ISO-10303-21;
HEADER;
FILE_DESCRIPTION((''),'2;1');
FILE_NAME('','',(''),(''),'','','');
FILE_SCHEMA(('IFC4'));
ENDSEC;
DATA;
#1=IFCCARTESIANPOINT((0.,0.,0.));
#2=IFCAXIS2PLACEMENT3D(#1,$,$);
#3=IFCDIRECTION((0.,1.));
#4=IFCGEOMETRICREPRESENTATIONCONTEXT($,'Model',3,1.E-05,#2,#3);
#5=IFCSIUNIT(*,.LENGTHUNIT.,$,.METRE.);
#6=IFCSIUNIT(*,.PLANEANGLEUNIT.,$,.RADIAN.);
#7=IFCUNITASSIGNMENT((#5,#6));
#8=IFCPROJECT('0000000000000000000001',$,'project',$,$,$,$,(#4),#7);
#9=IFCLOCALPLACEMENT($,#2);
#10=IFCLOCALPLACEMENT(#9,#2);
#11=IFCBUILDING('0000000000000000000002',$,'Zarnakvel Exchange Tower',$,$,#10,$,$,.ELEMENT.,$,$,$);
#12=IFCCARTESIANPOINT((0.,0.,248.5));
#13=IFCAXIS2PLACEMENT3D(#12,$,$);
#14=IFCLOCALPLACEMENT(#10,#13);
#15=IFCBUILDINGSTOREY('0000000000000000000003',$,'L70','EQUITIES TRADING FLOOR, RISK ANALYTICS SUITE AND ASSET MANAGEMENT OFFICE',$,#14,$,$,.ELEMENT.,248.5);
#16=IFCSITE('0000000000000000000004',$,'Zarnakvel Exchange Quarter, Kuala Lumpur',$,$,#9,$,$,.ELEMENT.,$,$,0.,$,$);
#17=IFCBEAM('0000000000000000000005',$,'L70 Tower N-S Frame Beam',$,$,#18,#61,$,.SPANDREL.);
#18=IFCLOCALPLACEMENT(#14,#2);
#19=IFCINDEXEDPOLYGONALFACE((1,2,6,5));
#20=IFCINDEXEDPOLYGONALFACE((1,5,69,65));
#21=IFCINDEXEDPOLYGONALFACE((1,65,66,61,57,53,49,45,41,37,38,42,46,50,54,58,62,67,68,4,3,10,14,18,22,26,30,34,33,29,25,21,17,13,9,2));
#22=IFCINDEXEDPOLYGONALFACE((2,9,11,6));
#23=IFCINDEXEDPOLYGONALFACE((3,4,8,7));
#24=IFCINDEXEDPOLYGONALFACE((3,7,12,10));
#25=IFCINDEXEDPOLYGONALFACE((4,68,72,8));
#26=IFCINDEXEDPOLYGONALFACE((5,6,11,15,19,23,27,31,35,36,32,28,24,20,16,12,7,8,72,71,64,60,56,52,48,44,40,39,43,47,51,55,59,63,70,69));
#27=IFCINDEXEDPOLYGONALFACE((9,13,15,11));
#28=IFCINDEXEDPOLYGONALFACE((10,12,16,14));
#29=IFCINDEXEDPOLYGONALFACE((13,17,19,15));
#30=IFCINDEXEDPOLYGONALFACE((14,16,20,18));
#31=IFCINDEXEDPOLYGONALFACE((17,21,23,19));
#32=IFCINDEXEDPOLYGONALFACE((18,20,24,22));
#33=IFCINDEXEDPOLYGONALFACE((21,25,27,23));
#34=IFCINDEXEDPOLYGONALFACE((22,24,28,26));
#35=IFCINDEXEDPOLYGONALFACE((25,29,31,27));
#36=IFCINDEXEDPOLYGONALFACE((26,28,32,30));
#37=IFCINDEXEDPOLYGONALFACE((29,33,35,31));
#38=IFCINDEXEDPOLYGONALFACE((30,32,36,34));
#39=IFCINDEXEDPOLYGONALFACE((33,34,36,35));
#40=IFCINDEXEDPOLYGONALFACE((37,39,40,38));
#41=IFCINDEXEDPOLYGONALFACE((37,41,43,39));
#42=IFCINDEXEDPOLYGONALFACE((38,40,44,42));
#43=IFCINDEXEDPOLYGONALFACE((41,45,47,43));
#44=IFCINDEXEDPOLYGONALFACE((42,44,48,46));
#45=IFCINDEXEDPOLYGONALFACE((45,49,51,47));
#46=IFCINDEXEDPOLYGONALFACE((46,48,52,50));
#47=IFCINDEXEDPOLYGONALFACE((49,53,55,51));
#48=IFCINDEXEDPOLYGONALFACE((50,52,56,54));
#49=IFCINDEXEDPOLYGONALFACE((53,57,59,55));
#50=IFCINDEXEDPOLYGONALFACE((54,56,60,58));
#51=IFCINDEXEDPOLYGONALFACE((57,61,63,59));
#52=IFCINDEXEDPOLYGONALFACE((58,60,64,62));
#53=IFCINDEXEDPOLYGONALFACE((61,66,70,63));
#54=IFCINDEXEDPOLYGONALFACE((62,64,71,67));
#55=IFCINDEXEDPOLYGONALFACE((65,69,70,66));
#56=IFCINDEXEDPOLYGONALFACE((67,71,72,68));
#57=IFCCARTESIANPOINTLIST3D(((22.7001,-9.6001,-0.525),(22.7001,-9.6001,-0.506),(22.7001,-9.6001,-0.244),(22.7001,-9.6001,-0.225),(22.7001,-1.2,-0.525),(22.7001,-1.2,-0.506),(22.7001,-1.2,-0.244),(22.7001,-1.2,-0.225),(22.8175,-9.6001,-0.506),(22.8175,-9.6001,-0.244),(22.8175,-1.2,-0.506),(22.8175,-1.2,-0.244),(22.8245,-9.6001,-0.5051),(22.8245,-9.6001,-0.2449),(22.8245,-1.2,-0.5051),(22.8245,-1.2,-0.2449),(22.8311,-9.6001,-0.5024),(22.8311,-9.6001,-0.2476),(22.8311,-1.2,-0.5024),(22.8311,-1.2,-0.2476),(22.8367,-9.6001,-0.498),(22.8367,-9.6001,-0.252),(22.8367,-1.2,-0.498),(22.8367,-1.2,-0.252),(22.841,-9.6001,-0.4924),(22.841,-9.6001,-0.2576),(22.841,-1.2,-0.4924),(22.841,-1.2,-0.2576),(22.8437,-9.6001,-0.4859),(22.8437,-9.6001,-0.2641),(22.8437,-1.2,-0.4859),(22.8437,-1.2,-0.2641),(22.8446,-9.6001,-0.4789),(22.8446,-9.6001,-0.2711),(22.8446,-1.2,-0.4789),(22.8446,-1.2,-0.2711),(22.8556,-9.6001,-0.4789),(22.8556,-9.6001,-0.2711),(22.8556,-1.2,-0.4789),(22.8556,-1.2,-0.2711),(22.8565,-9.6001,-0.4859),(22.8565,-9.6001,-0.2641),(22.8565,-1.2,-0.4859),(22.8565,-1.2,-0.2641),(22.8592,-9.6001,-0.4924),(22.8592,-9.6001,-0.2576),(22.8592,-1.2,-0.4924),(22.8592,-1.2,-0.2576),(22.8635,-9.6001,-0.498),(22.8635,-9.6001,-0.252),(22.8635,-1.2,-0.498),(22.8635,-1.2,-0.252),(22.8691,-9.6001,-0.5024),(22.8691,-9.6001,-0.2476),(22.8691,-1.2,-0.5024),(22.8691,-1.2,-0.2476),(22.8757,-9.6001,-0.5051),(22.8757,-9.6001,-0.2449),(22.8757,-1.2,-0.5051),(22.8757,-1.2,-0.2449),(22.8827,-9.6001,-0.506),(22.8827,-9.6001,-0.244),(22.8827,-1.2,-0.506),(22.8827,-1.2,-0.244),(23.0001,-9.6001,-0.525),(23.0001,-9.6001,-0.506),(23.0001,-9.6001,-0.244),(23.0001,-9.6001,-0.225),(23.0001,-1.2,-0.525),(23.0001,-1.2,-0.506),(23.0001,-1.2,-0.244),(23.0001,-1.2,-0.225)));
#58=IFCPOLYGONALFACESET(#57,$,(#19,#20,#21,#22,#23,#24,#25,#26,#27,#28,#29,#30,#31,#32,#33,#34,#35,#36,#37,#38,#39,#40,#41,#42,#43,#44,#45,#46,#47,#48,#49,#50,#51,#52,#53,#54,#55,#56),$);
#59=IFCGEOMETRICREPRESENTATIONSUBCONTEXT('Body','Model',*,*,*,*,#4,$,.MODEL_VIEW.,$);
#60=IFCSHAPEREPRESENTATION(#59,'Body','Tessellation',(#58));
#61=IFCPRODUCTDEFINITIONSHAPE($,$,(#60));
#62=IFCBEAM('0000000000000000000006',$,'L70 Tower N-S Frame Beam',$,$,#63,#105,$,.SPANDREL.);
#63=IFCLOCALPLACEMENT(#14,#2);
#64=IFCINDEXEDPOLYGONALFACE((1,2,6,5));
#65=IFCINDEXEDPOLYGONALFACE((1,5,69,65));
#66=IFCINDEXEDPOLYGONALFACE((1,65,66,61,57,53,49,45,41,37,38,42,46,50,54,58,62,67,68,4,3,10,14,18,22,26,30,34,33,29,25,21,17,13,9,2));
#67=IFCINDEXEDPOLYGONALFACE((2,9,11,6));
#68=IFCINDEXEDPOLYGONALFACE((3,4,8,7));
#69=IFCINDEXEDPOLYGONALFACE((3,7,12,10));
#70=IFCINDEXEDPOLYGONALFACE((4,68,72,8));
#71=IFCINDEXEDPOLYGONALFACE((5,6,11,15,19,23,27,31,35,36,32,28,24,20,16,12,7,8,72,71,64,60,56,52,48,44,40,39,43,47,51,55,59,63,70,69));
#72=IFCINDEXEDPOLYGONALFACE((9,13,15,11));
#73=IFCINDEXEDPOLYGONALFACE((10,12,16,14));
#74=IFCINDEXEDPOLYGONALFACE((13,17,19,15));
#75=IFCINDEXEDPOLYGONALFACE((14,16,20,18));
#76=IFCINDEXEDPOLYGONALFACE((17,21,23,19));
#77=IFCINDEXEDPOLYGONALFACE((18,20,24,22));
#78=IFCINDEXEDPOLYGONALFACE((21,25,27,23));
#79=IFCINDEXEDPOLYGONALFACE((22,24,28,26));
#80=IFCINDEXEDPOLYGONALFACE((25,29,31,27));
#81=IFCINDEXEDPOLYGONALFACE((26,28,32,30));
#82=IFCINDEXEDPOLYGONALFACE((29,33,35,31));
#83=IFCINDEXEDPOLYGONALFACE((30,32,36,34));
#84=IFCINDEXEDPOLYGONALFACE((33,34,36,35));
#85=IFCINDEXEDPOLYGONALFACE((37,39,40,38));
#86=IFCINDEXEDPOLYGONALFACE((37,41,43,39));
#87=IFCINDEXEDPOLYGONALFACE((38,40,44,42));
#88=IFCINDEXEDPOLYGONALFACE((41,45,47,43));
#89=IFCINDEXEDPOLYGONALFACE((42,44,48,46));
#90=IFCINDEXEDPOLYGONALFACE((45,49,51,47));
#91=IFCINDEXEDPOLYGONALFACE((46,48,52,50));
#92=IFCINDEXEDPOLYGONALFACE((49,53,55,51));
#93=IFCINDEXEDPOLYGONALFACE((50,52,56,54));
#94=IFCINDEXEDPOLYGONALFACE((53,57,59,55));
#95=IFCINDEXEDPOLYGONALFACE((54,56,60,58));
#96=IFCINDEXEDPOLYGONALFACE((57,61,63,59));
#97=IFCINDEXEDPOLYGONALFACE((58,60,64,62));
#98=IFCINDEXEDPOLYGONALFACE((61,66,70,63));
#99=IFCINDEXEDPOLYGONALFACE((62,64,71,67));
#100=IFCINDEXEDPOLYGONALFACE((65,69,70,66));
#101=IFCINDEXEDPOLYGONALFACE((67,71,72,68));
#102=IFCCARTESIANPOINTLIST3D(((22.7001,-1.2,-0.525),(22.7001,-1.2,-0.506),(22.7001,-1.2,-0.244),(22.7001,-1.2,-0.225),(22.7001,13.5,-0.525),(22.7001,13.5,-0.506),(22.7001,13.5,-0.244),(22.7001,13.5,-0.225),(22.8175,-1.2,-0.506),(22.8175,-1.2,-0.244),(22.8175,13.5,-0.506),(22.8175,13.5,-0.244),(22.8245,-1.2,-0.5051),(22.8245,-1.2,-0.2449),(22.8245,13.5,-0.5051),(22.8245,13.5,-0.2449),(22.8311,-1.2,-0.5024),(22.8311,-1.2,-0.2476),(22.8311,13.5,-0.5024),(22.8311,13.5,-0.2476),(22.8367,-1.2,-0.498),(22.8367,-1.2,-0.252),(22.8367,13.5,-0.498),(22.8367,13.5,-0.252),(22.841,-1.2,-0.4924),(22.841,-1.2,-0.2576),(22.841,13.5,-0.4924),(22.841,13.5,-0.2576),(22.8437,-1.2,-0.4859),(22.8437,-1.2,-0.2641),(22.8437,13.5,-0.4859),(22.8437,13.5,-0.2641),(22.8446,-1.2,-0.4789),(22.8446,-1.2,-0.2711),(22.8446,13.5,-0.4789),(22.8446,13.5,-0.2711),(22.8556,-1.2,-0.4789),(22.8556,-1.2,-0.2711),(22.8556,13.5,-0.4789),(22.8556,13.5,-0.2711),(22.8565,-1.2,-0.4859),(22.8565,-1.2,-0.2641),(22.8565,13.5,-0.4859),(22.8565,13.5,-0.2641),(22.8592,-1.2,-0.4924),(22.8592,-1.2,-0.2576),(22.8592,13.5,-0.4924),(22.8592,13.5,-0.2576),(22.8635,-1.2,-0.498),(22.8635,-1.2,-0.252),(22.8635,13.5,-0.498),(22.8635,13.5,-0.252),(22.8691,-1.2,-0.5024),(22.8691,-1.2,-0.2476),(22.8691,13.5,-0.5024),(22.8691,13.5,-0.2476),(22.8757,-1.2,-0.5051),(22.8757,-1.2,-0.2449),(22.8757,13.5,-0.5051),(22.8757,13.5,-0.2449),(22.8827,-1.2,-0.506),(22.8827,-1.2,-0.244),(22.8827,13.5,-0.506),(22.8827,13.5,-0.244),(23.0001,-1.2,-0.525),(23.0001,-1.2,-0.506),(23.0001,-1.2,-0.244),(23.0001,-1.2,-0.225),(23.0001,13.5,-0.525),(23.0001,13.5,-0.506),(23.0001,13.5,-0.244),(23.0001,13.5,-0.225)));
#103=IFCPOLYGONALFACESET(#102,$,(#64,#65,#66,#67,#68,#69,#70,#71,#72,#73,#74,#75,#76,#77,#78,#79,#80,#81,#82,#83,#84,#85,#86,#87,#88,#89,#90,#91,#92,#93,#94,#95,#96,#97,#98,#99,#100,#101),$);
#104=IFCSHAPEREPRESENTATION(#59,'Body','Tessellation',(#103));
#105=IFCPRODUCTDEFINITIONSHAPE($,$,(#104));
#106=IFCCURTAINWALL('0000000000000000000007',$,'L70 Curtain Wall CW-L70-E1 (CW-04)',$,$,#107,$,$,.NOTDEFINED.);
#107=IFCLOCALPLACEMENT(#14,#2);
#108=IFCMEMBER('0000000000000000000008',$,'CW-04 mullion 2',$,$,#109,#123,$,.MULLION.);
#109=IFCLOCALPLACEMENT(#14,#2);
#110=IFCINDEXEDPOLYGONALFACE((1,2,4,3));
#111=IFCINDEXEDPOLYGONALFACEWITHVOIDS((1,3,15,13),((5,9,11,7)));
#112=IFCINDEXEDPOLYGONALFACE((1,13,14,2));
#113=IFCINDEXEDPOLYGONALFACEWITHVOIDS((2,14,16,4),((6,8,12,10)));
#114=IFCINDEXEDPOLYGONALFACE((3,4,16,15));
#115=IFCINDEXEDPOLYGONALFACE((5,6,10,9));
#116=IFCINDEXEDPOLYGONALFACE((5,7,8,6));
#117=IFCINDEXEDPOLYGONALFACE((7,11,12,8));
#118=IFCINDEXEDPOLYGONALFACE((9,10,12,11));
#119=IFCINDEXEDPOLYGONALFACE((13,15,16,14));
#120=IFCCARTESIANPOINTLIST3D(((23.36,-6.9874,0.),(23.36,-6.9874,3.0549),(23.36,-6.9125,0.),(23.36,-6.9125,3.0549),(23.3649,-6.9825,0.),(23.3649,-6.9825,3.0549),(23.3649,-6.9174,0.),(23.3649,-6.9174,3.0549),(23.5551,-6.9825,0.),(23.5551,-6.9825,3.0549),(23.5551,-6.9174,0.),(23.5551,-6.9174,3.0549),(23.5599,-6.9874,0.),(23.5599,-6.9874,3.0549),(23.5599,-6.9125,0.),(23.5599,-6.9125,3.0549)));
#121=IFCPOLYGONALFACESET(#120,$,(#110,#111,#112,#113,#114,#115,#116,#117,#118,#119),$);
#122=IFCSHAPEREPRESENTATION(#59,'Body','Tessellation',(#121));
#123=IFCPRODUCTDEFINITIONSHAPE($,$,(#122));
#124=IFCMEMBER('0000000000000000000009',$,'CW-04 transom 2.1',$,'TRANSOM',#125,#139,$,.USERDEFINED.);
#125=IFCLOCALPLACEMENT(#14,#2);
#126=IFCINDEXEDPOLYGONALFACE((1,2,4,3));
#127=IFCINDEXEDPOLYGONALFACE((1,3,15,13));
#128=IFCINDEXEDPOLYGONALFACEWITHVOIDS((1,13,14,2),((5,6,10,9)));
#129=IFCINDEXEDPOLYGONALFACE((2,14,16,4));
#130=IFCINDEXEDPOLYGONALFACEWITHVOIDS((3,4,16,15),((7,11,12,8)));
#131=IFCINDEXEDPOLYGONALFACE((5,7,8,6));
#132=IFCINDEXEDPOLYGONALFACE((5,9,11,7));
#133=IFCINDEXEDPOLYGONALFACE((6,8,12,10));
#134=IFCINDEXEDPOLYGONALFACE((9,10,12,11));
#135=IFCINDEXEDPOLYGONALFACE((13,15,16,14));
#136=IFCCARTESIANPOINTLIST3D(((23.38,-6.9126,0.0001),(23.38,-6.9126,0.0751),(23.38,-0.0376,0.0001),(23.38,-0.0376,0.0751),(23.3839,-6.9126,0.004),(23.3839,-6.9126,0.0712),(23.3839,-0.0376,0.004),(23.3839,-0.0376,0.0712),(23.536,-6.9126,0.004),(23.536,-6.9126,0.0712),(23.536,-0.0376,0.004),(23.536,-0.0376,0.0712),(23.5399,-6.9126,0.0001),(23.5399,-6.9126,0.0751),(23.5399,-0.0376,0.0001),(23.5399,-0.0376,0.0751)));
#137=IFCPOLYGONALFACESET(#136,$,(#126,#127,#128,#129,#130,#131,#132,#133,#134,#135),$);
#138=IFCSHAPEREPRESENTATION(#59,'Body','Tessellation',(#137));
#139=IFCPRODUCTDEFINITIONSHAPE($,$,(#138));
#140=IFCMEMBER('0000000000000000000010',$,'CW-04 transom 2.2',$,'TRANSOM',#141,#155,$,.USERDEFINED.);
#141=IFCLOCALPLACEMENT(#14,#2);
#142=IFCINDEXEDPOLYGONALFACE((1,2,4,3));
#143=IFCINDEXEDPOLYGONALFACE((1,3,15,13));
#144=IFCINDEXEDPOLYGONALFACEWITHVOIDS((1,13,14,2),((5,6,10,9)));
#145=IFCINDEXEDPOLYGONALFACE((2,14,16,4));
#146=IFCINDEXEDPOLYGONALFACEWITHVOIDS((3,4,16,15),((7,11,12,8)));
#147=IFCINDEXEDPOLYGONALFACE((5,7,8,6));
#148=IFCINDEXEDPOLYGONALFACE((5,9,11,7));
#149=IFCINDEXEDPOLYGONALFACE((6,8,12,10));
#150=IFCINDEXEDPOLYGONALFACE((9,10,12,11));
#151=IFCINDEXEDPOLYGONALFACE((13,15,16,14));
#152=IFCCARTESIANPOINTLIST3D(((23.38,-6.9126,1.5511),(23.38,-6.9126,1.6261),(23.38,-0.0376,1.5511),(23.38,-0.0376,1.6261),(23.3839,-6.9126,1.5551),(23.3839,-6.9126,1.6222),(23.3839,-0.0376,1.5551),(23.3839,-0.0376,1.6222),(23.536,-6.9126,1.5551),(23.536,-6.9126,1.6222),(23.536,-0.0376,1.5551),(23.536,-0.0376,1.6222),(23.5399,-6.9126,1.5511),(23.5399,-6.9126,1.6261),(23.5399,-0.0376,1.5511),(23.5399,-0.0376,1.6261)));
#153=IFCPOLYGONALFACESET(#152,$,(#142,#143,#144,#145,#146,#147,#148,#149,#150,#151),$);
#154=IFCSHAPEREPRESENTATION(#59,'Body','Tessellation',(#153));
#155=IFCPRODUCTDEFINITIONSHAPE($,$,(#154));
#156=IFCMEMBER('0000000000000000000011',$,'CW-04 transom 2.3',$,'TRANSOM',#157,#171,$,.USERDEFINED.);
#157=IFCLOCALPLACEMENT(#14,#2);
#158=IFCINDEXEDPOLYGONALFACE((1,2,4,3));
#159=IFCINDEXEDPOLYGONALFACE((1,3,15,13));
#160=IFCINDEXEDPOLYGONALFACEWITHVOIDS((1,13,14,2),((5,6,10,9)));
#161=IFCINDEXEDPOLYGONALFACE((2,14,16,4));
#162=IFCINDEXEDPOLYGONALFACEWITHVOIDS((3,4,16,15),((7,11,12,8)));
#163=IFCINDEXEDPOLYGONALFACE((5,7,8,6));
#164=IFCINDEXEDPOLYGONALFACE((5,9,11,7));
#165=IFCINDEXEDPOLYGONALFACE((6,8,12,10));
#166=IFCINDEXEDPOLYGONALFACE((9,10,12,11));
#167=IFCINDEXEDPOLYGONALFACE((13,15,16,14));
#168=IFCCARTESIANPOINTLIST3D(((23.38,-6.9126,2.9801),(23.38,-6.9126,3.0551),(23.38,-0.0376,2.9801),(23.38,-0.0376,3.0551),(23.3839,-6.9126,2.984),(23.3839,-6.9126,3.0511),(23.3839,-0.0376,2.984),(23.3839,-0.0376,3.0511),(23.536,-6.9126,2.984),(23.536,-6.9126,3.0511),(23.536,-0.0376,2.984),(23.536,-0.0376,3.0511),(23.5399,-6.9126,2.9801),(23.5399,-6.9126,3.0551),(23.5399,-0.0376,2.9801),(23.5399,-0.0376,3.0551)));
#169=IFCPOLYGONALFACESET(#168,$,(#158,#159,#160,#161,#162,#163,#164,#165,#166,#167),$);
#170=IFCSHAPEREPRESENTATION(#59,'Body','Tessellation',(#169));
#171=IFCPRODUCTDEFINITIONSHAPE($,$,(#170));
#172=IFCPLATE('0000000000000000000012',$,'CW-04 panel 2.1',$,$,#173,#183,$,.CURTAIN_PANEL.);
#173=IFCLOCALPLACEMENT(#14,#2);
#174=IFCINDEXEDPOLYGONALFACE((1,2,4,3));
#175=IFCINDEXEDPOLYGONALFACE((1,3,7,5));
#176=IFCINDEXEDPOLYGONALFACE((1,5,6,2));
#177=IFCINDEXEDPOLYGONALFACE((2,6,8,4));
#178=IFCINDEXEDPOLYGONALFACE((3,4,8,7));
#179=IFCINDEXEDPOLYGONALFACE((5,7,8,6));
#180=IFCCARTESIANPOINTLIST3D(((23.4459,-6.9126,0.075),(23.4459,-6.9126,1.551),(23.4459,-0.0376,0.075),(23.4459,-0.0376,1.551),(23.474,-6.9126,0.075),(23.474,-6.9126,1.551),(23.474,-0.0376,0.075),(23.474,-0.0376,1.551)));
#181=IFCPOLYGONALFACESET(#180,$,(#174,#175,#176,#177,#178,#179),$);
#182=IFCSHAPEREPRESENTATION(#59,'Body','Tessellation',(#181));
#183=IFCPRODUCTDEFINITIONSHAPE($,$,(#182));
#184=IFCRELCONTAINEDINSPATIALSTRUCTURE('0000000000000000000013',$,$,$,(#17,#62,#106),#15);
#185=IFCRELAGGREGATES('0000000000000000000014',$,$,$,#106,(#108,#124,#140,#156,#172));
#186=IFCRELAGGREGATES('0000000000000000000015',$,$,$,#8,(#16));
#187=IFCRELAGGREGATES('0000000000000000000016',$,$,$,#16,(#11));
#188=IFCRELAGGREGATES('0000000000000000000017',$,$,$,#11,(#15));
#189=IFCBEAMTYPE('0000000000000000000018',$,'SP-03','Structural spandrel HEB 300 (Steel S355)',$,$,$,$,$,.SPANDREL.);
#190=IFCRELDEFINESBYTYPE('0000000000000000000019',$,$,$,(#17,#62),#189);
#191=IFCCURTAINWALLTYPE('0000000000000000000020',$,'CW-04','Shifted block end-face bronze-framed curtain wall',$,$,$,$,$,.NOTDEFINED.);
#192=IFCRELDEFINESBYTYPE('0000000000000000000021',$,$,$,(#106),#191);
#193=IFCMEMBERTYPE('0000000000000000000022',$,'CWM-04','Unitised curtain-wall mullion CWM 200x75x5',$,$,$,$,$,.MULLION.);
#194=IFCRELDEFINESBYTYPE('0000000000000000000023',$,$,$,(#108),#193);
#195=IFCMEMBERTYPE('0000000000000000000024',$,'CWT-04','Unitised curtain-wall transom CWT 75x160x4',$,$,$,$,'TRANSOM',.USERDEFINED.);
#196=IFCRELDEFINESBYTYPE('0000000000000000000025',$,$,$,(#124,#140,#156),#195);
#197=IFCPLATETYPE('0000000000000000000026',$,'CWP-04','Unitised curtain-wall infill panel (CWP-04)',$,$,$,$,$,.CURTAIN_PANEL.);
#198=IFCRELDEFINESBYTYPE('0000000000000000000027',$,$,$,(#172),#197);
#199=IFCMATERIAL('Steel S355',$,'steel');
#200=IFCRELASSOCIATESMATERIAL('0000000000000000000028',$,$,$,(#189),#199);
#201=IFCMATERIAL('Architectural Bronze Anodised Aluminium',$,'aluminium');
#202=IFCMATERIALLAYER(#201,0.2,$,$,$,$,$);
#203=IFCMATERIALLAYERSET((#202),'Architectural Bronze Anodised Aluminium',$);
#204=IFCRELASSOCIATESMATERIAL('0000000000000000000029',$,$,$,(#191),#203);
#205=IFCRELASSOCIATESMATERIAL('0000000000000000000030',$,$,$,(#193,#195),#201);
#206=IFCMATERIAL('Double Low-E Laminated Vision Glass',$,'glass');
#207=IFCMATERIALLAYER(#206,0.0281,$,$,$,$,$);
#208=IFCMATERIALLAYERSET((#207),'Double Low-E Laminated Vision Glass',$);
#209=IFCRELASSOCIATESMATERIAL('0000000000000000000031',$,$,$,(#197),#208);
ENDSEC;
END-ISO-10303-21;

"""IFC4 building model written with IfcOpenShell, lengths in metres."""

from ifc_helpers import new_model, si_unit, direction, frame, origin, origin_2d, place, context, subcontext, project, spatial, rectangle, hollow_rectangle, i_section, extrude, source, transform, mapped, material, layer, layer_set, material_profile, profile_set, type_object, element, aggregate, save


model = new_model("IFC4")

# Units and contexts
model_context = context("Model", 3, precision=1e-05, world=origin(), true_north=direction((0.0, 1.0)))
body_context = subcontext(model_context, "Body", "Model", "MODEL_VIEW")
ifc_project = project(units=[si_unit("LENGTHUNIT", "METRE"), si_unit("PLANEANGLEUNIT", "RADIAN")], contexts=[model_context])

# Site, building, storey
site_placement = place(None, origin())
site = spatial("IfcSite", under=ifc_project, at=site_placement, Name="Zarnakvel Exchange Quarter, Kuala Lumpur", CompositionType="ELEMENT", RefElevation=0.0)
building_placement = place(site_placement, origin())
building = spatial("IfcBuilding", under=site, at=building_placement, Name="Zarnakvel Exchange Tower", CompositionType="ELEMENT")
storey_placement = place(building_placement, frame((0.0, 0.0, 248.5)))
storey = spatial("IfcBuildingStorey", under=building, at=storey_placement, Name="L70", Description="EQUITIES TRADING FLOOR, RISK ANALYTICS SUITE AND ASSET MANAGEMENT OFFICE", CompositionType="ELEMENT", Elevation=248.5)

# Shared definitions
ifc_material_1 = material(Name="Steel S355", Category="steel")

# Beams
ifc_material_profile_1 = material_profile(ifc_material_1, i_section(OverallWidth=0.3, OverallDepth=0.3, WebThickness=0.011, FlangeThickness=0.019, FilletRadius=0.0271, at=origin_2d()))
ifc_profile_set_1 = profile_set([ifc_material_profile_1], Name="Steel S355")
beam_type_1 = type_object("IfcBeamType", Name="SP-03", Description="Structural spandrel HEB 300 (Steel S355)", PredefinedType="SPANDREL", material=ifc_profile_set_1)
beam_1_placement = place(storey_placement, frame((22.8501, -9.6001, -0.375), z_axis=(0.0, 1.0, 0.0), x_axis=(-1.0, 0.0, 0.0)))
element("IfcBeam", 1, at=beam_1_placement, inside=storey, type_object=beam_type_1, Name="L70 Tower N-S Frame Beam", PredefinedType="SPANDREL", context=body_context, shape_type="SweptSolid", body=[
    extrude(i_section(OverallWidth=0.3, OverallDepth=0.3, WebThickness=0.011, FlangeThickness=0.019, FilletRadius=0.0271, at=origin_2d()), origin(), (0.0, 0.0, 1.0), 8.4001),
])
beam_2_placement = place(storey_placement, frame((22.8501, -1.2, -0.375), z_axis=(0.0, 1.0, 0.0), x_axis=(-1.0, 0.0, 0.0)))
element("IfcBeam", 2, at=beam_2_placement, inside=storey, type_object=beam_type_1, Name="L70 Tower N-S Frame Beam", PredefinedType="SPANDREL", context=body_context, shape_type="SweptSolid", body=[
    extrude(i_section(OverallWidth=0.3, OverallDepth=0.3, WebThickness=0.011, FlangeThickness=0.019, FilletRadius=0.0271, at=origin_2d()), origin(), (0.0, 0.0, 1.0), 14.7),
])

# Curtain wall, members, plate
ifc_material_2 = material(Name="Architectural Bronze Anodised Aluminium", Category="aluminium")
ifc_layer_1 = layer(ifc_material_2, 0.2)
ifc_layer_set_1 = layer_set([ifc_layer_1], Name="Architectural Bronze Anodised Aluminium")
curtain_wall_type = type_object("IfcCurtainWallType", Name="CW-04", Description="Shifted block end-face bronze-framed curtain wall", PredefinedType="NOTDEFINED", material=ifc_layer_set_1)
curtain_wall_placement = place(storey_placement, origin())
curtain_wall = element("IfcCurtainWall", 3, at=curtain_wall_placement, inside=storey, type_object=curtain_wall_type, Name="L70 Curtain Wall CW-L70-E1 (CW-04)", PredefinedType="NOTDEFINED")
ifc_material_profile_2 = material_profile(ifc_material_2, hollow_rectangle(XDim=0.2, YDim=0.075, WallThickness=0.0049, at=origin_2d()))
ifc_profile_set_2 = profile_set([ifc_material_profile_2], Name="Architectural Bronze Anodised Aluminium")
member_type_1 = type_object("IfcMemberType", Name="CWM-04", Description="Unitised curtain-wall mullion CWM 200x75x5", PredefinedType="MULLION", material=ifc_profile_set_2)
shared_shape_1 = source(origin(), body_context, "Body", "SweptSolid", [
    extrude(hollow_rectangle(XDim=0.2, YDim=0.075, WallThickness=0.0049, at=origin_2d()), origin(), (0.0, 0.0, 1.0), 3.0549),
])
member_1_placement = place(storey_placement, frame((23.46, -6.95, 0.0), z_axis=(0.0, 0.0, 1.0), x_axis=(-1.0, 0.0, 0.0)))
member_1 = element("IfcMember", 4, at=member_1_placement, type_object=member_type_1, Name="CW-04 mullion 2", PredefinedType="MULLION", context=body_context, shape_type="MappedRepresentation", body=[
    mapped(shared_shape_1, transform((0.0, 0.0, 0.0), x_axis=(1.0, 0.0, 0.0), y_axis=(0.0, 1.0, 0.0), z_axis=(0.0, 0.0, 1.0), scale=1.0)),
])
ifc_material_profile_3 = material_profile(ifc_material_2, hollow_rectangle(XDim=0.1599, YDim=0.075, WallThickness=0.0039, at=origin_2d()))
ifc_profile_set_3 = profile_set([ifc_material_profile_3], Name="Architectural Bronze Anodised Aluminium")
member_type_2 = type_object("IfcMemberType", Name="CWT-04", Description="Unitised curtain-wall transom CWT 75x160x4", ElementType="TRANSOM", PredefinedType="USERDEFINED", material=ifc_profile_set_3)
shared_shape_2 = source(origin(), body_context, "Body", "SweptSolid", [
    extrude(hollow_rectangle(XDim=0.1599, YDim=0.075, WallThickness=0.0039, at=origin_2d()), origin(), (0.0, 0.0, 1.0), 6.875),
])
member_2_placement = place(storey_placement, frame((23.46, -6.9126, 0.0376), z_axis=(0.0, 1.0, 0.0), x_axis=(-1.0, 0.0, 0.0)))
member_2 = element("IfcMember", 5, at=member_2_placement, type_object=member_type_2, Name="CW-04 transom 2.1", ObjectType="TRANSOM", PredefinedType="USERDEFINED", context=body_context, shape_type="MappedRepresentation", body=[
    mapped(shared_shape_2, transform((0.0, 0.0, 0.0), x_axis=(1.0, 0.0, 0.0), y_axis=(0.0, 1.0, 0.0), z_axis=(0.0, 0.0, 1.0), scale=1.0)),
])
member_3_placement = place(storey_placement, frame((23.46, -6.9126, 1.5886), z_axis=(0.0, 1.0, 0.0), x_axis=(-1.0, 0.0, 0.0)))
member_3 = element("IfcMember", 6, at=member_3_placement, type_object=member_type_2, Name="CW-04 transom 2.2", ObjectType="TRANSOM", PredefinedType="USERDEFINED", context=body_context, shape_type="MappedRepresentation", body=[
    mapped(shared_shape_2, transform((0.0, 0.0, 0.0), x_axis=(1.0, 0.0, 0.0), y_axis=(0.0, 1.0, 0.0), z_axis=(0.0, 0.0, 1.0), scale=1.0)),
])
member_4_placement = place(storey_placement, frame((23.46, -6.9126, 3.0176), z_axis=(0.0, 1.0, 0.0), x_axis=(-1.0, 0.0, 0.0)))
member_4 = element("IfcMember", 7, at=member_4_placement, type_object=member_type_2, Name="CW-04 transom 2.3", ObjectType="TRANSOM", PredefinedType="USERDEFINED", context=body_context, shape_type="MappedRepresentation", body=[
    mapped(shared_shape_2, transform((0.0, 0.0, 0.0), x_axis=(1.0, 0.0, 0.0), y_axis=(0.0, 1.0, 0.0), z_axis=(0.0, 0.0, 1.0), scale=1.0)),
])
ifc_material_3 = material(Name="Double Low-E Laminated Vision Glass", Category="glass")
ifc_layer_2 = layer(ifc_material_3, 0.0281)
ifc_layer_set_2 = layer_set([ifc_layer_2], Name="Double Low-E Laminated Vision Glass")
plate_type = type_object("IfcPlateType", Name="CWP-04", Description="Unitised curtain-wall infill panel (CWP-04)", PredefinedType="CURTAIN_PANEL", material=ifc_layer_set_2)
shared_shape_3 = source(origin(), body_context, "Body", "SweptSolid", [
    extrude(rectangle(XDim=6.875, YDim=0.0281, at=origin_2d()), origin(), (0.0, 0.0, 1.0), 1.4761),
])
plate_1_placement = place(storey_placement, frame((23.46, -3.4751, 0.075), z_axis=(0.0, 0.0, 1.0), x_axis=(0.0, 1.0, 0.0)))
plate_1 = element("IfcPlate", 8, at=plate_1_placement, type_object=plate_type, Name="CW-04 panel 2.1", PredefinedType="CURTAIN_PANEL", context=body_context, shape_type="MappedRepresentation", body=[
    mapped(shared_shape_3, transform((0.0, 0.0, 0.0), x_axis=(1.0, 0.0, 0.0), y_axis=(0.0, 1.0, 0.0), z_axis=(0.0, 0.0, 1.0), scale=1.0)),
])
aggregate(curtain_wall, [member_1, member_2, member_3, member_4, plate_1])

save(model, "model.ifc")
